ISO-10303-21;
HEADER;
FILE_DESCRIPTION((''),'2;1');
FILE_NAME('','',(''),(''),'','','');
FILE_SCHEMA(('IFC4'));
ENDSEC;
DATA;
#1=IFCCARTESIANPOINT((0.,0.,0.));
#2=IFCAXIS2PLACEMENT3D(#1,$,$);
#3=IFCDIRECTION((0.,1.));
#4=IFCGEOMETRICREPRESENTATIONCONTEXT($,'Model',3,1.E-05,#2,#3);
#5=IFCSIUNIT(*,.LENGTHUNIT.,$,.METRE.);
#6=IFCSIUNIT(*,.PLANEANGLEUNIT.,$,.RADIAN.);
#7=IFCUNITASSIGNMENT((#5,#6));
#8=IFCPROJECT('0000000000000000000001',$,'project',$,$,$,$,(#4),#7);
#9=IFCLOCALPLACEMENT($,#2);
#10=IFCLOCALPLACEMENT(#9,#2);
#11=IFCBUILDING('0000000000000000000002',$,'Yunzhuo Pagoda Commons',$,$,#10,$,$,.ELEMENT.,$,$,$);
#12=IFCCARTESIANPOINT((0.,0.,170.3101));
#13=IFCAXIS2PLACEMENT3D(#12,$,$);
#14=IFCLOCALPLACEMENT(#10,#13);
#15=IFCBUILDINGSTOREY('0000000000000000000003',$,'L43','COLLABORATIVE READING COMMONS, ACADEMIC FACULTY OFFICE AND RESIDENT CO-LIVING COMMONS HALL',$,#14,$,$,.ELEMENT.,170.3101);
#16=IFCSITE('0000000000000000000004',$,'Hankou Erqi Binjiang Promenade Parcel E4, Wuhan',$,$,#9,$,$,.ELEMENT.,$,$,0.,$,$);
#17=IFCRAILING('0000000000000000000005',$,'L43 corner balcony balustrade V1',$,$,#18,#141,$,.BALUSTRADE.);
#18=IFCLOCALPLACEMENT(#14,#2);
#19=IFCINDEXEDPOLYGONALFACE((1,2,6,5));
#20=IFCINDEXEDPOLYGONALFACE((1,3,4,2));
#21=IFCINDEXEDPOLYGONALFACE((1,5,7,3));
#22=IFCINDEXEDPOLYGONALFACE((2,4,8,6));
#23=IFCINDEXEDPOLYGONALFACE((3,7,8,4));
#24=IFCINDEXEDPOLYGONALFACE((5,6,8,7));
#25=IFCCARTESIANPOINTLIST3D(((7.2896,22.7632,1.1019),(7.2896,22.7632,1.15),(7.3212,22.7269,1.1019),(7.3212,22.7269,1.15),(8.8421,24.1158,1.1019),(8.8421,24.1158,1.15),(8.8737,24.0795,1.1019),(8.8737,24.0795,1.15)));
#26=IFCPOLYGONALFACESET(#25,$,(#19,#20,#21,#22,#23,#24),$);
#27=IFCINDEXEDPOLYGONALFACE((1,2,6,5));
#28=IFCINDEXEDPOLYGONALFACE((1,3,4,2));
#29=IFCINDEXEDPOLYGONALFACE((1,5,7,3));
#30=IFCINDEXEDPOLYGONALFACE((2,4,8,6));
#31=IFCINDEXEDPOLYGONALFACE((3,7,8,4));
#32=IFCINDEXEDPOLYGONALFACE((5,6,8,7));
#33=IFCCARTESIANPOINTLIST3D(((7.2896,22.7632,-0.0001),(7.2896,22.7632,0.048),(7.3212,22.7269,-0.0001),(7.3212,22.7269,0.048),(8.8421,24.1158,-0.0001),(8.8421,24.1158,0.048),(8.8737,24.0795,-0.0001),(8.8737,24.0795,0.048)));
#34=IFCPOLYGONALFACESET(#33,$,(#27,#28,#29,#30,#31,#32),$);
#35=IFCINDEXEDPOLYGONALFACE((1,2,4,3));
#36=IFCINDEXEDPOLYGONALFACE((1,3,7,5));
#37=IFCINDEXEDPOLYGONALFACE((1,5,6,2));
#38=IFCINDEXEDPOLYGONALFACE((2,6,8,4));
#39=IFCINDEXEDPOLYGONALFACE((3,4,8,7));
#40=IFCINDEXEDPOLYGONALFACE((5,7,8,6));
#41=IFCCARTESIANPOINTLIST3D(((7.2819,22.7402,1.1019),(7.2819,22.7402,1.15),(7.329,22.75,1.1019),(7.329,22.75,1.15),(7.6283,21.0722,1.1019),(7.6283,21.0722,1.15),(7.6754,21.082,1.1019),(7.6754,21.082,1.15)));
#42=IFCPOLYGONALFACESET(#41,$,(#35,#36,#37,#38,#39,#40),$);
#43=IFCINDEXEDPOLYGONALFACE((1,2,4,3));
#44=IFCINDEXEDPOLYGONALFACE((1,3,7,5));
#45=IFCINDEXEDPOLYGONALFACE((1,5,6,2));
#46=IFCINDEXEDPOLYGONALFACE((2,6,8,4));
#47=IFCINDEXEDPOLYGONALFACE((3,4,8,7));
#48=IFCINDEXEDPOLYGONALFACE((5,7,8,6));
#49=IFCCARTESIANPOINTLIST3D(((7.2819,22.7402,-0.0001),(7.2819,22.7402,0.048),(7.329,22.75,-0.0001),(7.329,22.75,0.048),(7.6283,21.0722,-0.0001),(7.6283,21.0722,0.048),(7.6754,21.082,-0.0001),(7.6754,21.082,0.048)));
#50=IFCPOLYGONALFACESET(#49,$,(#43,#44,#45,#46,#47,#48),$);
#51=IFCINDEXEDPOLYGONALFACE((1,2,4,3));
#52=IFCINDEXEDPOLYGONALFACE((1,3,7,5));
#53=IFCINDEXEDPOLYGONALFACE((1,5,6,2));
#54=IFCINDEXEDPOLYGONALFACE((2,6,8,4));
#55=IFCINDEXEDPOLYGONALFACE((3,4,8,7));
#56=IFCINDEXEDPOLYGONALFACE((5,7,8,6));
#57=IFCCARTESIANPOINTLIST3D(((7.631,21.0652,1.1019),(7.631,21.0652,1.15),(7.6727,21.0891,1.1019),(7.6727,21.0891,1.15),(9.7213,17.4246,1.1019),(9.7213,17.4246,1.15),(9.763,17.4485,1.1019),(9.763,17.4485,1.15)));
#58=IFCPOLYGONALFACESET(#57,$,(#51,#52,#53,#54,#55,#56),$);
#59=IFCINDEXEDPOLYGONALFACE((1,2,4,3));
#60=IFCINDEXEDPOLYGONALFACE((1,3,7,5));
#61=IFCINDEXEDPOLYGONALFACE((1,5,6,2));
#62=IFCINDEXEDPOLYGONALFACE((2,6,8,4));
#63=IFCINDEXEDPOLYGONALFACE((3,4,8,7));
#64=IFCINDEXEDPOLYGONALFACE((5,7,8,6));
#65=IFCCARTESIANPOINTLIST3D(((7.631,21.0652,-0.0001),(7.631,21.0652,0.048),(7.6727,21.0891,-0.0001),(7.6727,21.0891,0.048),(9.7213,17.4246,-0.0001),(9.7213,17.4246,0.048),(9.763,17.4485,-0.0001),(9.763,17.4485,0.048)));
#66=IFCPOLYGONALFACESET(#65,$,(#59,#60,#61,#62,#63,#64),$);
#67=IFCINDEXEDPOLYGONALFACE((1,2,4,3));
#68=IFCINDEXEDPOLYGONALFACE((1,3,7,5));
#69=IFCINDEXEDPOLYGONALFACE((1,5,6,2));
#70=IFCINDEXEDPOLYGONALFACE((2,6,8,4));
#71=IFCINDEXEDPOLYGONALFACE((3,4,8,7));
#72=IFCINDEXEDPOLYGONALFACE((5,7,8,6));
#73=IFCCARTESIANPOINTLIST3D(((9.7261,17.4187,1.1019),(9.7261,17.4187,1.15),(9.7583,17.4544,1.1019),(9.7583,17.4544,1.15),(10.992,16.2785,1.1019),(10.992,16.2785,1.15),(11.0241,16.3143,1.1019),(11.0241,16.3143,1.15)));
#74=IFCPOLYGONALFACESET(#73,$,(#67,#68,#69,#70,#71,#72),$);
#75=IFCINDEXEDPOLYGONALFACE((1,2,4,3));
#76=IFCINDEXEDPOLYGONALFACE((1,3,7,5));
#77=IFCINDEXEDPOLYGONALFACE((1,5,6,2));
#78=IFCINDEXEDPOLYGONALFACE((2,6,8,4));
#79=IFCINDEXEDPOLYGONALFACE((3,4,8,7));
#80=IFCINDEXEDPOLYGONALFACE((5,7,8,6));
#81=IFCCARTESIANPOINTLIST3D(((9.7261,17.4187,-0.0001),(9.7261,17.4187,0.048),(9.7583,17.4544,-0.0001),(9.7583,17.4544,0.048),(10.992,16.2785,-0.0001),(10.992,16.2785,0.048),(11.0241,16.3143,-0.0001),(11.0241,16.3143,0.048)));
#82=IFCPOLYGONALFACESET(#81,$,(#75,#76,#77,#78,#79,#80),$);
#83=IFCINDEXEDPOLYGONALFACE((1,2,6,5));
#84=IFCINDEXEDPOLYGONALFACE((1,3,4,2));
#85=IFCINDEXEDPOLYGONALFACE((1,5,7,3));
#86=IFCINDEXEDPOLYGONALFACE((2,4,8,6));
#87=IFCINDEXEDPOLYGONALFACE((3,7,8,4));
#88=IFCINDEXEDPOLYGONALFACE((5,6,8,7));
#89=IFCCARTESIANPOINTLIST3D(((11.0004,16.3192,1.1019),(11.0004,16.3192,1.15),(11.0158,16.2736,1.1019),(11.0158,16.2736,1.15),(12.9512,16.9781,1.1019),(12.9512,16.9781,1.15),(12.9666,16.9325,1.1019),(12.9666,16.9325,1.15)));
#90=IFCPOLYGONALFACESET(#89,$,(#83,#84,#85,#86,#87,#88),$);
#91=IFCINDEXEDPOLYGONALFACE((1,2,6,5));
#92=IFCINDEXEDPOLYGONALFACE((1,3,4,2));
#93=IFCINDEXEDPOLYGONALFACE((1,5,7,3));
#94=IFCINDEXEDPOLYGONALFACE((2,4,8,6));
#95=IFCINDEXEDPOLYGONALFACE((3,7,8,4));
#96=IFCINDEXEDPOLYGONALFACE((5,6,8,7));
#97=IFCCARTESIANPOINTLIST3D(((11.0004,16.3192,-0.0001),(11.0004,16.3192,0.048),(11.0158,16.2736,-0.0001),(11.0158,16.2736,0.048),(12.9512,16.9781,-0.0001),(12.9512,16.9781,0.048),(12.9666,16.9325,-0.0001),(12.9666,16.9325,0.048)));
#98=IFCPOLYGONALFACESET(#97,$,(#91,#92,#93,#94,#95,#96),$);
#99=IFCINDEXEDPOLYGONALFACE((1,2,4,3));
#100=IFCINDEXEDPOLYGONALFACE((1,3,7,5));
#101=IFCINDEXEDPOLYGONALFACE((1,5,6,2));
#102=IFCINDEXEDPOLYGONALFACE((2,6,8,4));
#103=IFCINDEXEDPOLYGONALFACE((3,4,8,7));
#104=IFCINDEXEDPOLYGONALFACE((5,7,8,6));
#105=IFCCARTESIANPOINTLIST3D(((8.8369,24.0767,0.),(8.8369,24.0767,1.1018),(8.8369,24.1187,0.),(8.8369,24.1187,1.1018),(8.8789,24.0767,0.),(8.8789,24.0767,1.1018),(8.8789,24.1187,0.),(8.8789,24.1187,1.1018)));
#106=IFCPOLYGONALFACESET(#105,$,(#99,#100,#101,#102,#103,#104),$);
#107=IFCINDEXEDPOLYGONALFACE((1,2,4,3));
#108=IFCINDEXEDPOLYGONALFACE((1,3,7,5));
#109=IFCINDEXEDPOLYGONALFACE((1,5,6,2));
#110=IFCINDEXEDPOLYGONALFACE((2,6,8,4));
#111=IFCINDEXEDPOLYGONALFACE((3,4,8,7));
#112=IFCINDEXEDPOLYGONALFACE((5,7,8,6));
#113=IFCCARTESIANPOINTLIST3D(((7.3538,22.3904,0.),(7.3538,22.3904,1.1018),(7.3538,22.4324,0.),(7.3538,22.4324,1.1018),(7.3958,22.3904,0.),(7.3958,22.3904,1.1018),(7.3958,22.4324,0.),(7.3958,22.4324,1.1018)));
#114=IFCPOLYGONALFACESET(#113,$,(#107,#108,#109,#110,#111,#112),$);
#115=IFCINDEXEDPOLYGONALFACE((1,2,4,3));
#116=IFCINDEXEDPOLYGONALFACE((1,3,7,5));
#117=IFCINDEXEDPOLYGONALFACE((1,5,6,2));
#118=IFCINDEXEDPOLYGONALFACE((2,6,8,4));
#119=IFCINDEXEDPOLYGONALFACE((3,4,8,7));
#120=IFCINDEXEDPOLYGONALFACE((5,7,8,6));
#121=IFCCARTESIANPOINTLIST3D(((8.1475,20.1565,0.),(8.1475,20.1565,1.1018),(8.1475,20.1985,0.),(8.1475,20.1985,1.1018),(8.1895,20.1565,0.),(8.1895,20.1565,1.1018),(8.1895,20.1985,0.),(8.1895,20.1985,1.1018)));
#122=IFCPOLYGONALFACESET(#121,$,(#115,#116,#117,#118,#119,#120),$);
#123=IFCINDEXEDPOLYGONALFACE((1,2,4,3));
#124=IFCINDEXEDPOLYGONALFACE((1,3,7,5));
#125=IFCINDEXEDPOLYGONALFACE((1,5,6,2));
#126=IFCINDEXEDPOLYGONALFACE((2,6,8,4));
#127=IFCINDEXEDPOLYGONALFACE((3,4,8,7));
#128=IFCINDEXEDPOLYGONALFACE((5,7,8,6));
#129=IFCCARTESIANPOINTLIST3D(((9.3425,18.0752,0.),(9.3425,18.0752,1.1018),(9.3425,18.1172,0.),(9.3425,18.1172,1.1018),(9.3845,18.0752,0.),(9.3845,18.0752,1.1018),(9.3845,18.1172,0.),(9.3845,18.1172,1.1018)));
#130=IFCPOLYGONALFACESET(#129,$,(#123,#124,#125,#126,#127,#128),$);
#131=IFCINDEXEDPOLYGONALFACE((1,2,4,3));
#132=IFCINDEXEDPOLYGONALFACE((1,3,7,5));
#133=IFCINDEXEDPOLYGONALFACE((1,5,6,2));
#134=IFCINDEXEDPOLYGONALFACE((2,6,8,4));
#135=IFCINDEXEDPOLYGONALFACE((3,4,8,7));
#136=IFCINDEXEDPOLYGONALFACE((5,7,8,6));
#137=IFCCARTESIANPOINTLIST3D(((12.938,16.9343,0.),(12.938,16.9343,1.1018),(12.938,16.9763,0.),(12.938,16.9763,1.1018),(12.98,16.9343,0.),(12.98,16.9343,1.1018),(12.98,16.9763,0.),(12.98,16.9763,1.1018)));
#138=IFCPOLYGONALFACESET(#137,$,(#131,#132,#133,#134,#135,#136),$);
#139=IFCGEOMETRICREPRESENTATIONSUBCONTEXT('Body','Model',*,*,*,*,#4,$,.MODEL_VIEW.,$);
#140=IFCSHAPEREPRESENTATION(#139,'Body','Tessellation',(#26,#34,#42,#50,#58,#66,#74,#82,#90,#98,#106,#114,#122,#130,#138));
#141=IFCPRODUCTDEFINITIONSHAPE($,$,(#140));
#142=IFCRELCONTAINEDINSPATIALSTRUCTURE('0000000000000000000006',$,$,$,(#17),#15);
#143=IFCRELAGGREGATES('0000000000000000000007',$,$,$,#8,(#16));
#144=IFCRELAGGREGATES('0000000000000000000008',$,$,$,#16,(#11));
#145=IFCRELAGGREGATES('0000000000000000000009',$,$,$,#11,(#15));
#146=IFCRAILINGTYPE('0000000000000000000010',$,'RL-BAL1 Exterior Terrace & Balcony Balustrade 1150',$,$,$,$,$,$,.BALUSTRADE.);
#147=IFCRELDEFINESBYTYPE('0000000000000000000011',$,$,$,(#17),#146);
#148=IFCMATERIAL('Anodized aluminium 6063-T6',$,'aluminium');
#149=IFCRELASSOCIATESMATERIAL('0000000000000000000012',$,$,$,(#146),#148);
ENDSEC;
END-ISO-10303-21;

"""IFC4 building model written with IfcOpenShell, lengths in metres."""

from ifc_helpers import new_model, si_unit, direction, frame, origin, origin_2d, place, context, subcontext, project, spatial, rectangle, extrude, material, type_object, element, save


model = new_model("IFC4")

# Units and contexts
model_context = context("Model", 3, precision=1e-05, world=origin(), true_north=direction((0.0, 1.0)))
body_context = subcontext(model_context, "Body", "Model", "MODEL_VIEW")
ifc_project = project(units=[si_unit("LENGTHUNIT", "METRE"), si_unit("PLANEANGLEUNIT", "RADIAN")], contexts=[model_context])

# Site, building, storey
site_placement = place(None, origin())
site = spatial("IfcSite", under=ifc_project, at=site_placement, Name="Hankou Erqi Binjiang Promenade Parcel E4, Wuhan", CompositionType="ELEMENT", RefElevation=0.0)
building_placement = place(site_placement, origin())
building = spatial("IfcBuilding", under=site, at=building_placement, Name="Yunzhuo Pagoda Commons", CompositionType="ELEMENT")
storey_placement = place(building_placement, frame((0.0, 0.0, 170.3101)))
storey = spatial("IfcBuildingStorey", under=building, at=storey_placement, Name="L43", Description="COLLABORATIVE READING COMMONS, ACADEMIC FACULTY OFFICE AND RESIDENT CO-LIVING COMMONS HALL", CompositionType="ELEMENT", Elevation=170.3101)

# Shared definitions
ifc_material_1 = material(Name="Anodized aluminium 6063-T6", Category="aluminium")

# Railing
railing_type = type_object("IfcRailingType", Name="RL-BAL1 Exterior Terrace & Balcony Balustrade 1150", PredefinedType="BALUSTRADE", material=ifc_material_1)
railing_placement = place(storey_placement, frame((8.8579, 24.0977, 0.0)))
element("IfcRailing", 1, at=railing_placement, inside=storey, type_object=railing_type, Name="L43 corner balcony balustrade V1", PredefinedType="BALUSTRADE", context=body_context, shape_type="SweptSolid", body=[
    extrude(rectangle(XDim=0.0481, YDim=0.0481, at=origin_2d()), frame((0.0, 0.0, 1.126), z_axis=(-0.753993, -0.656883, 0.0), x_axis=(0.656883, -0.753993, 0.0)), (0.0, 0.0, 1.0), 2.0591),
    extrude(rectangle(XDim=0.0481, YDim=0.0481, at=origin_2d()), frame((0.0, 0.0, 0.0239), z_axis=(-0.753993, -0.656883, 0.0), x_axis=(0.656883, -0.753993, 0.0)), (0.0, 0.0, 1.0), 2.0591),
    extrude(rectangle(XDim=0.0481, YDim=0.0481, at=origin_2d()), frame((-1.5525, -1.3525, 1.126), z_axis=(0.203359, -0.979104, 0.0), x_axis=(0.979104, 0.203359, 0.0)), (0.0, 0.0, 1.0), 1.7036),
    extrude(rectangle(XDim=0.0481, YDim=0.0481, at=origin_2d()), frame((-1.5525, -1.3525, 0.0239), z_axis=(0.203359, -0.979104, 0.0), x_axis=(0.979104, 0.203359, 0.0)), (0.0, 0.0, 1.0), 1.7036),
    extrude(rectangle(XDim=0.0481, YDim=0.0481, at=origin_2d()), frame((-1.2061, -3.0205, 1.126), z_axis=(0.497929, -0.867218, 0.0), x_axis=(0.867218, 0.497929, 0.0)), (0.0, 0.0, 1.0), 4.198),
    extrude(rectangle(XDim=0.0481, YDim=0.0481, at=origin_2d()), frame((-1.2061, -3.0205, 0.0239), z_axis=(0.497929, -0.867218, 0.0), x_axis=(0.867218, 0.497929, 0.0)), (0.0, 0.0, 1.0), 4.198),
    extrude(rectangle(XDim=0.0481, YDim=0.0481, at=origin_2d()), frame((0.8843, -6.6611, 1.126), z_axis=(0.743045, -0.669242, 0.0), x_axis=(0.669242, 0.743045, 0.0)), (0.0, 0.0, 1.0), 1.7036),
    extrude(rectangle(XDim=0.0481, YDim=0.0481, at=origin_2d()), frame((0.8843, -6.6611, 0.0239), z_axis=(0.743045, -0.669242, 0.0), x_axis=(0.669242, 0.743045, 0.0)), (0.0, 0.0, 1.0), 1.7036),
    extrude(rectangle(XDim=0.0481, YDim=0.0481, at=origin_2d()), frame((2.1501, -7.8013, 1.126), z_axis=(0.947419, 0.319996, 0.0), x_axis=(-0.319996, 0.947419, 0.0)), (0.0, 0.0, 1.0), 2.0591),
    extrude(rectangle(XDim=0.0481, YDim=0.0481, at=origin_2d()), frame((2.1501, -7.8013, 0.0239), z_axis=(0.947419, 0.319996, 0.0), x_axis=(-0.319996, 0.947419, 0.0)), (0.0, 0.0, 1.0), 2.0591),
    extrude(rectangle(XDim=0.042, YDim=0.042, at=origin_2d()), origin(), (0.0, 0.0, 1.0), 1.1018),
    extrude(rectangle(XDim=0.042, YDim=0.042, at=origin_2d()), frame((-1.4832, -1.6863, 0.0)), (0.0, 0.0, 1.0), 1.1018),
    extrude(rectangle(XDim=0.042, YDim=0.042, at=origin_2d()), frame((-0.6895, -3.9202, 0.0)), (0.0, 0.0, 1.0), 1.1018),
    extrude(rectangle(XDim=0.042, YDim=0.042, at=origin_2d()), frame((0.5056, -6.0015, 0.0)), (0.0, 0.0, 1.0), 1.1018),
    extrude(rectangle(XDim=0.042, YDim=0.042, at=origin_2d()), frame((4.1011, -7.1423, 0.0)), (0.0, 0.0, 1.0), 1.1018),
])

save(model, "model.ifc")
